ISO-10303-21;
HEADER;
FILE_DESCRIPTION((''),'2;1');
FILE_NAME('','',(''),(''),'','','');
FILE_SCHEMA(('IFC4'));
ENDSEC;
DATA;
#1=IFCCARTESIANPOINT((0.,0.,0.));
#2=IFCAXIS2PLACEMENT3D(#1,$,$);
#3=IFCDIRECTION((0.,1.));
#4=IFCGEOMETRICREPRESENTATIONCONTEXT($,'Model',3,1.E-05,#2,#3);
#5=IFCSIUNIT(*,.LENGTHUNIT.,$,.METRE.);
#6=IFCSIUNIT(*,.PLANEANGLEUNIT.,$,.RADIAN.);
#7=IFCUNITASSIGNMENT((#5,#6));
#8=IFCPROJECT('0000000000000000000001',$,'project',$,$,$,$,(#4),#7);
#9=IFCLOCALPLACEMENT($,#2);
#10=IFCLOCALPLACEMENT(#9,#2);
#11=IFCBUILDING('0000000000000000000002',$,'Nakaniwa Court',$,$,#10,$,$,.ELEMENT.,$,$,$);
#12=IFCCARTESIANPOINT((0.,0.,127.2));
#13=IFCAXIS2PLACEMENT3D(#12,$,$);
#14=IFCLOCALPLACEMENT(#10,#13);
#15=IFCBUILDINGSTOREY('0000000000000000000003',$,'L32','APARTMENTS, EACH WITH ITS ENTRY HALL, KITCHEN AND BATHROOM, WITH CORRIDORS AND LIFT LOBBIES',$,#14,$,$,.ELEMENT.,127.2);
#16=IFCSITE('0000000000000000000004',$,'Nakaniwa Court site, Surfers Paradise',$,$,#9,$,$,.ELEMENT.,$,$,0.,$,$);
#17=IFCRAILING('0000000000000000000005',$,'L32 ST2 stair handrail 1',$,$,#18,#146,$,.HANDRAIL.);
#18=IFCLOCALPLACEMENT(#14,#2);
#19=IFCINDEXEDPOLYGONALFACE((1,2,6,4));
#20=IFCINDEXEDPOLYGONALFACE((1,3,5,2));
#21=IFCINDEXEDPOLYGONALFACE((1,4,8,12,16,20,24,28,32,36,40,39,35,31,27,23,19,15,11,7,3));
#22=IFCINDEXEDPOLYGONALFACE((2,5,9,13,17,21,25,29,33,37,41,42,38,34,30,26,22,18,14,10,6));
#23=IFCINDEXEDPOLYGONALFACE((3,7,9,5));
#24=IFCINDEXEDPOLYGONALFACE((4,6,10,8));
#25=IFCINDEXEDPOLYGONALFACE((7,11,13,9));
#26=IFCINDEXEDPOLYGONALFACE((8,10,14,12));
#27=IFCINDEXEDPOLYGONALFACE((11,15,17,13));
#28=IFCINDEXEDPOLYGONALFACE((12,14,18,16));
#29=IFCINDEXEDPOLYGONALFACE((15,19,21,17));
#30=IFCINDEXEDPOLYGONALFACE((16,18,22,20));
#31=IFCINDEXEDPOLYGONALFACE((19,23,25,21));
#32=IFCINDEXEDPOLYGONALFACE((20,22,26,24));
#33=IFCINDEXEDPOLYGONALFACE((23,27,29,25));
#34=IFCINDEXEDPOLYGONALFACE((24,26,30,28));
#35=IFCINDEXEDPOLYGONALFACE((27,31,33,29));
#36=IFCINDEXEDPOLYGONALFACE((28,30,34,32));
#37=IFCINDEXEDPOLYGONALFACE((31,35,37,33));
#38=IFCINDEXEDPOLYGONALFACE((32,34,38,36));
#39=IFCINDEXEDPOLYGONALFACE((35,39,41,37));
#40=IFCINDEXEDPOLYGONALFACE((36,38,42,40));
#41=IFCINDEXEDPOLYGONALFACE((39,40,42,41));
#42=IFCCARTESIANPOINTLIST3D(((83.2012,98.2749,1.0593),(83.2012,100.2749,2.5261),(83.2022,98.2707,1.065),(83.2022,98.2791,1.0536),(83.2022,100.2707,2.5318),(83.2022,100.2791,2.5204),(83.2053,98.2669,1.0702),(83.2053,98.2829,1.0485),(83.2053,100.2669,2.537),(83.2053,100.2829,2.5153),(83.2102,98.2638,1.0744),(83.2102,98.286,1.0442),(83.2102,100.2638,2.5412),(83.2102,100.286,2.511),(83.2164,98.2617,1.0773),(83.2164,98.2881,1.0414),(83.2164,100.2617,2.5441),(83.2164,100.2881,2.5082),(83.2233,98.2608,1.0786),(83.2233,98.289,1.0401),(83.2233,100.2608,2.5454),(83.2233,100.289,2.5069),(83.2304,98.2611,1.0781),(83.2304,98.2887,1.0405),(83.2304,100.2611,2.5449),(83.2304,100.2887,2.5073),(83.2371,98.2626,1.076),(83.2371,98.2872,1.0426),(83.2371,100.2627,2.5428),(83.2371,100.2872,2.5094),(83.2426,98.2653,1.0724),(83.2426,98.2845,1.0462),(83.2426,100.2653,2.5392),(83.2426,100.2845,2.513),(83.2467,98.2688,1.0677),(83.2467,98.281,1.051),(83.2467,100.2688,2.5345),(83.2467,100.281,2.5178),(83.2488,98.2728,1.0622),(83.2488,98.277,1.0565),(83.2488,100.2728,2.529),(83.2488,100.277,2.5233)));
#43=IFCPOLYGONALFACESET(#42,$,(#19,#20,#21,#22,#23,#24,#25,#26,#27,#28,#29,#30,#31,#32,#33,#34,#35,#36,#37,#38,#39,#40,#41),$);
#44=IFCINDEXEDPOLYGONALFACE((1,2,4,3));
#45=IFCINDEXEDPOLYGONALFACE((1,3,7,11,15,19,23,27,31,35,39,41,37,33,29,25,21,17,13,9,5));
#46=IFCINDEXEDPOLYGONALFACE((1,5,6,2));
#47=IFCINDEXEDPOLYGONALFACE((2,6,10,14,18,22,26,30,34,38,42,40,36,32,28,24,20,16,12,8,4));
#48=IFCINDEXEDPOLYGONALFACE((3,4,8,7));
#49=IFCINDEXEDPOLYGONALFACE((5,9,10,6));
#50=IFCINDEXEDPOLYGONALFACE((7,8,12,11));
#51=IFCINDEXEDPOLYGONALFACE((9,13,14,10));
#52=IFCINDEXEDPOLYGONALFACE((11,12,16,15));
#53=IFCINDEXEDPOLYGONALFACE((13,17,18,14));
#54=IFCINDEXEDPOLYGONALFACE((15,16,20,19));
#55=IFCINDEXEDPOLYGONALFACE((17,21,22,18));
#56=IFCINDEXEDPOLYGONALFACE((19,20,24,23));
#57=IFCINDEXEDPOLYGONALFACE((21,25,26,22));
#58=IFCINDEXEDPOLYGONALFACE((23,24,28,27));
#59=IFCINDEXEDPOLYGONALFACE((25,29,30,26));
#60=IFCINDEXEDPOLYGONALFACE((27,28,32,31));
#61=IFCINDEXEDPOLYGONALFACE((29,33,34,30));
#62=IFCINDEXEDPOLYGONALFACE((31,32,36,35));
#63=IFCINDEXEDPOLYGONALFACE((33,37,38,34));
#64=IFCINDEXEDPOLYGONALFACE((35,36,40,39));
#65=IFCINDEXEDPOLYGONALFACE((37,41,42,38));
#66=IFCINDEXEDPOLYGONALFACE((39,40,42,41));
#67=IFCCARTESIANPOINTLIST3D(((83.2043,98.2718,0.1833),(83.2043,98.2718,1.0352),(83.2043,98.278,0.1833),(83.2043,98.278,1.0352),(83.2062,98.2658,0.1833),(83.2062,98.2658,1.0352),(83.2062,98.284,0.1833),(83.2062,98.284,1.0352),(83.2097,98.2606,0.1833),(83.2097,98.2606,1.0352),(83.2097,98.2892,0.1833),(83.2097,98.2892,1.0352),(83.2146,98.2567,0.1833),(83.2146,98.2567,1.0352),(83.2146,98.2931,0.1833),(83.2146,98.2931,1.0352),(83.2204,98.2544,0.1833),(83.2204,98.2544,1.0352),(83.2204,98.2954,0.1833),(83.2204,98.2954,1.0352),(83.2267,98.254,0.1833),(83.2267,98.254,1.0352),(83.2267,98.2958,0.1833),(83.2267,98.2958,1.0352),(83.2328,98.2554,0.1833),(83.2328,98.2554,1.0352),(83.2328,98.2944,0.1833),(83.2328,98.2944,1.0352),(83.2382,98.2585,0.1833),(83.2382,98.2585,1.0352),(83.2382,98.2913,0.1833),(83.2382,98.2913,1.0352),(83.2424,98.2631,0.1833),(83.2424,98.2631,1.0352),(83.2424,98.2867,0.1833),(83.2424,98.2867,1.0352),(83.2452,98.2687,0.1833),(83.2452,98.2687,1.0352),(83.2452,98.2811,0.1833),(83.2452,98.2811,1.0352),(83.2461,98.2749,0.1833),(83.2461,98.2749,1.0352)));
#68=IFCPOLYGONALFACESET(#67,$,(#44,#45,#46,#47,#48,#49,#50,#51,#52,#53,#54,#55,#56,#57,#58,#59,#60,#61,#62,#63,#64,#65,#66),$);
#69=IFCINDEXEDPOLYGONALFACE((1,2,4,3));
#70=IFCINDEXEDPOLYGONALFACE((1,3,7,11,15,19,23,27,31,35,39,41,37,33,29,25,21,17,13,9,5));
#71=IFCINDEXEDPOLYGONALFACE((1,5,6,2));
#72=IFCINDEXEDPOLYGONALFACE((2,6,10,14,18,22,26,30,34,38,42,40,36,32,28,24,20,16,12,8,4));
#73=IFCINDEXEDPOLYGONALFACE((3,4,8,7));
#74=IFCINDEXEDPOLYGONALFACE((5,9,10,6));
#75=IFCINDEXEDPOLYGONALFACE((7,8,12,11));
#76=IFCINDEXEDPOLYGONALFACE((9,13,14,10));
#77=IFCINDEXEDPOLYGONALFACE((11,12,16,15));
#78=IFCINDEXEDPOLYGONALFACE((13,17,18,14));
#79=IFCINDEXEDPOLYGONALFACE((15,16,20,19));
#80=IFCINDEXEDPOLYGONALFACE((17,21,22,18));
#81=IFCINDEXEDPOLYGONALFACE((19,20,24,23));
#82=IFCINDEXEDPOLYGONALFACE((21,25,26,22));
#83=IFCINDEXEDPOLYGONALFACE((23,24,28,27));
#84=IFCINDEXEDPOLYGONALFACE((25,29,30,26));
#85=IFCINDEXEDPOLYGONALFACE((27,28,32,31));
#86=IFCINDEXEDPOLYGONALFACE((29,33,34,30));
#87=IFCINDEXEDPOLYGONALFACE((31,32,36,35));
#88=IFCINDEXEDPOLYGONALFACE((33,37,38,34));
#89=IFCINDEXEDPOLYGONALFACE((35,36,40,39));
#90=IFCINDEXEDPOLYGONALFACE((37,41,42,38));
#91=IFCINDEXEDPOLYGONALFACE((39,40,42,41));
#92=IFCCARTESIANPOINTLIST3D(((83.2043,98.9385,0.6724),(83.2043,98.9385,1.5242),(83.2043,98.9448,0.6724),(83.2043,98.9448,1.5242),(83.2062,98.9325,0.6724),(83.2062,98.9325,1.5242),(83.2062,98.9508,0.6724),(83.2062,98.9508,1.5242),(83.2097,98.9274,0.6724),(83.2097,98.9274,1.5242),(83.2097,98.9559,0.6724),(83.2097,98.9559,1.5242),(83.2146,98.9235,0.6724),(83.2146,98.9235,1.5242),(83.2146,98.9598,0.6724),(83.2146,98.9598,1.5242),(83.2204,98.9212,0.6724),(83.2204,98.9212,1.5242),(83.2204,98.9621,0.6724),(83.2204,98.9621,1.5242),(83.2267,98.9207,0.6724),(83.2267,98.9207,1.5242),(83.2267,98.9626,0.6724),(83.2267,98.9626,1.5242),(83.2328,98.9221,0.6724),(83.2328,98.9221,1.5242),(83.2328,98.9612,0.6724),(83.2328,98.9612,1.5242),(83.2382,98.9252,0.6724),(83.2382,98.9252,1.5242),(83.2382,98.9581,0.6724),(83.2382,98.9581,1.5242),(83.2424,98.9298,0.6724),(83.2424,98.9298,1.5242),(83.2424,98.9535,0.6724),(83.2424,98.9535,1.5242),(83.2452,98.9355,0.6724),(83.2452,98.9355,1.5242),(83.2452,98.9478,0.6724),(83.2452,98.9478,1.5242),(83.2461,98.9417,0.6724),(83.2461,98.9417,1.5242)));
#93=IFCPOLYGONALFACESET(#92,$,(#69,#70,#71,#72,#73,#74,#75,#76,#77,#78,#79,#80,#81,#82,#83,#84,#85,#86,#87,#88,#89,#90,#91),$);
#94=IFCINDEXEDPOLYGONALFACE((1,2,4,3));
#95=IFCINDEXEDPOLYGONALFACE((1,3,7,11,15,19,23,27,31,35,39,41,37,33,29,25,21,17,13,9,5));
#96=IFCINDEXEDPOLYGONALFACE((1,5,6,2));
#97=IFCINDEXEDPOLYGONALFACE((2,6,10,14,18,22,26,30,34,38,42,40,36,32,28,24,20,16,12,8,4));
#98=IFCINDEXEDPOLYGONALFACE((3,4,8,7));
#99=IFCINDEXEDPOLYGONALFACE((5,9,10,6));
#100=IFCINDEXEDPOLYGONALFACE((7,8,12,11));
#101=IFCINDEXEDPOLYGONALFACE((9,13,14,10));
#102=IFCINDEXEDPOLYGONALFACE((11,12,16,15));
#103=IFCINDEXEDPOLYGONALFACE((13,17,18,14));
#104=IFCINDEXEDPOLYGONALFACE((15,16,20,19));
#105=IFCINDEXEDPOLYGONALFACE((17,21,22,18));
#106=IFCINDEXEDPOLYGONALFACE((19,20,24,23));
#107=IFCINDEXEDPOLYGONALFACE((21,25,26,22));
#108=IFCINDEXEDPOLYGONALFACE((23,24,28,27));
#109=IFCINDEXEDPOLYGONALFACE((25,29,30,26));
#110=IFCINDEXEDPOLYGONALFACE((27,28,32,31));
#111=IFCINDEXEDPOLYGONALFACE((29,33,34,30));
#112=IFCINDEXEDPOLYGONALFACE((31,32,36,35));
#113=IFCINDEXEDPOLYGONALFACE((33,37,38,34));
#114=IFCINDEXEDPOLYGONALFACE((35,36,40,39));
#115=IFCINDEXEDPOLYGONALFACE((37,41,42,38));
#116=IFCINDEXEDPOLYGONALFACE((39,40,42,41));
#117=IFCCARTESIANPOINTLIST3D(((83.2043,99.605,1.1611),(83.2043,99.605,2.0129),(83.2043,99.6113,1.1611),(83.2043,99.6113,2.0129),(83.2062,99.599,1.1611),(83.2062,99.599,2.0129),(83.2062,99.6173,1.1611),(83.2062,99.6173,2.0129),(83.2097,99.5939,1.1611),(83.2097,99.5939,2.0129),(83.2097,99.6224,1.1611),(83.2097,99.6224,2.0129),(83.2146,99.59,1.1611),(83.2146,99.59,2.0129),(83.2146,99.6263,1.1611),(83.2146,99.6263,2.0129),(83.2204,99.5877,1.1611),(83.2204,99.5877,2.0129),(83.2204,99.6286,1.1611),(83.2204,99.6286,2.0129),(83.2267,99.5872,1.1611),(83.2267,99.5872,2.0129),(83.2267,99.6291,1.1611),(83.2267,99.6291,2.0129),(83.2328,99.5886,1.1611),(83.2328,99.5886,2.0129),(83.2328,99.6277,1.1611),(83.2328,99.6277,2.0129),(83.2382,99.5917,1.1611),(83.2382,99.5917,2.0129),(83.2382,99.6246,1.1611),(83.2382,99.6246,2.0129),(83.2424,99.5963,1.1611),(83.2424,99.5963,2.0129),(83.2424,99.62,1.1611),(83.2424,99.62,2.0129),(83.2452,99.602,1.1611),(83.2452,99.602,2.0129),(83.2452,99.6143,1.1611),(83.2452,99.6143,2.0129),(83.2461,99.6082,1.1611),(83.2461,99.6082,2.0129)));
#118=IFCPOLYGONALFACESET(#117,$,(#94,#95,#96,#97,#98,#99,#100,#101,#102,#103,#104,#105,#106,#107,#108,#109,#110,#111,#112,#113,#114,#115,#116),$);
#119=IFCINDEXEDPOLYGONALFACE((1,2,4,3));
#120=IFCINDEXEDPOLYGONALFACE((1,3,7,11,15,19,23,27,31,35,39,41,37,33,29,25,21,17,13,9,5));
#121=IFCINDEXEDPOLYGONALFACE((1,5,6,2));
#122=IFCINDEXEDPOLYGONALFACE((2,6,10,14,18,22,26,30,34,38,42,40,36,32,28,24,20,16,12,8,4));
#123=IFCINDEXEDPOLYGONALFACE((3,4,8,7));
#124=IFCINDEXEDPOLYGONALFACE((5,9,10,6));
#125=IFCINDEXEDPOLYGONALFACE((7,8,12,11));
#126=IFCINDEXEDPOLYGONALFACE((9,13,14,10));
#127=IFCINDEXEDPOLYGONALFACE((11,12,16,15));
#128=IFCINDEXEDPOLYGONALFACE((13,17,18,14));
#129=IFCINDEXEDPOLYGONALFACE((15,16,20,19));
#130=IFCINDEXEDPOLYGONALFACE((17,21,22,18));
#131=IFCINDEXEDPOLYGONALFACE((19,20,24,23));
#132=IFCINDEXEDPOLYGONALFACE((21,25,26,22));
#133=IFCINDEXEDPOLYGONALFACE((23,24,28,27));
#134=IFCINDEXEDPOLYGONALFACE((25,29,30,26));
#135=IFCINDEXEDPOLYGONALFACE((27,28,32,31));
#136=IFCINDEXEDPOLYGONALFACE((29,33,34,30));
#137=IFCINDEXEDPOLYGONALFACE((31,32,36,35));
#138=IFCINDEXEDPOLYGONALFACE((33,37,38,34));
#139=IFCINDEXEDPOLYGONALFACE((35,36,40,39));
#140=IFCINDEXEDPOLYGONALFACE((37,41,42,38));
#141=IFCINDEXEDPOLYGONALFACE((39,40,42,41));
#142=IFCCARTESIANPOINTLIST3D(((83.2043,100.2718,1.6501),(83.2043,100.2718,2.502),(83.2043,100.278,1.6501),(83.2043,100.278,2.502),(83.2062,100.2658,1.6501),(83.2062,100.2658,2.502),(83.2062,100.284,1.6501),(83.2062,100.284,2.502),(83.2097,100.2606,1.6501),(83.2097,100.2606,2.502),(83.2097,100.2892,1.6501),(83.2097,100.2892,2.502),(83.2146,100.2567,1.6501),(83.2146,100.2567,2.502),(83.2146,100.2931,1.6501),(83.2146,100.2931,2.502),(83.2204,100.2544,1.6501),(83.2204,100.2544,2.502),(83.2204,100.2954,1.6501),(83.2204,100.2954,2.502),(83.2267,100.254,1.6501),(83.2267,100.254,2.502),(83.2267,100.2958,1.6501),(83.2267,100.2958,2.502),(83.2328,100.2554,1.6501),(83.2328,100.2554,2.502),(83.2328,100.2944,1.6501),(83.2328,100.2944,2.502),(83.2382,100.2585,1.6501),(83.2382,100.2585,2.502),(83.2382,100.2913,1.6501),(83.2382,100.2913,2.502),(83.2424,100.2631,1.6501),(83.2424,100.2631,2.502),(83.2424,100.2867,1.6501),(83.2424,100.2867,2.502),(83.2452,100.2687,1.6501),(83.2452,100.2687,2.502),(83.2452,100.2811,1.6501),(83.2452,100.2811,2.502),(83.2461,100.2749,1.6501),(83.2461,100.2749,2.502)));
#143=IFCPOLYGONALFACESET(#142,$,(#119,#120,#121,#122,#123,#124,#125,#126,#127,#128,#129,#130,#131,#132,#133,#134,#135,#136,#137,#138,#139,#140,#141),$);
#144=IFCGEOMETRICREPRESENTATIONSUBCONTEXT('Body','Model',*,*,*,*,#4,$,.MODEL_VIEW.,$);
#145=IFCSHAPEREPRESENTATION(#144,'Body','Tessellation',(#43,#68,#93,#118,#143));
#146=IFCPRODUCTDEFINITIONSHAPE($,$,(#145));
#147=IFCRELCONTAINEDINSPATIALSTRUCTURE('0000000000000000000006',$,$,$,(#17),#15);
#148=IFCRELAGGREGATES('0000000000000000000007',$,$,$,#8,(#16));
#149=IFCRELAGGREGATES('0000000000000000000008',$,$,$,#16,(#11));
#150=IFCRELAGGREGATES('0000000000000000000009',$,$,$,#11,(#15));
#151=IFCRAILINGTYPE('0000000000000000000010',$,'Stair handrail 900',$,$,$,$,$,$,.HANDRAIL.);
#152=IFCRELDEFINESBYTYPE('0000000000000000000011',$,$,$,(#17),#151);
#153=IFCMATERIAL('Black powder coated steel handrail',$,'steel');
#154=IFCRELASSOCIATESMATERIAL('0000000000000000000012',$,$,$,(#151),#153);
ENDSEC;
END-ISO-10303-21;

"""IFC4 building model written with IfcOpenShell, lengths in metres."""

from ifc_helpers import new_model, si_unit, direction, frame, origin, origin_2d, place, context, subcontext, project, spatial, circle, extrude, material, type_object, element, save


model = new_model("IFC4")

# Units and contexts
model_context = context("Model", 3, precision=1e-05, world=origin(), true_north=direction((0.0, 1.0)))
body_context = subcontext(model_context, "Body", "Model", "MODEL_VIEW")
ifc_project = project(units=[si_unit("LENGTHUNIT", "METRE"), si_unit("PLANEANGLEUNIT", "RADIAN")], contexts=[model_context])

# Site, building, storey
site_placement = place(None, origin())
site = spatial("IfcSite", under=ifc_project, at=site_placement, Name="Nakaniwa Court site, Surfers Paradise", CompositionType="ELEMENT", RefElevation=0.0)
building_placement = place(site_placement, origin())
building = spatial("IfcBuilding", under=site, at=building_placement, Name="Nakaniwa Court", CompositionType="ELEMENT")
storey_placement = place(building_placement, frame((0.0, 0.0, 127.2)))
storey = spatial("IfcBuildingStorey", under=building, at=storey_placement, Name="L32", Description="APARTMENTS, EACH WITH ITS ENTRY HALL, KITCHEN AND BATHROOM, WITH CORRIDORS AND LIFT LOBBIES", CompositionType="ELEMENT", Elevation=127.2)

# Railing
ifc_material_1 = material(Name="Black powder coated steel handrail", Category="steel")
railing_type_1 = type_object("IfcRailingType", Name="Stair handrail 900", PredefinedType="HANDRAIL", material=ifc_material_1)
railing_1_placement = place(storey_placement, frame((83.2251, 98.2749, 0.1833)))
element("IfcRailing", 1, at=railing_1_placement, inside=storey, type_object=railing_type_1, Name="L32 ST2 stair handrail 1", PredefinedType="HANDRAIL", context=body_context, shape_type="SweptSolid", body=[
    extrude(circle(Radius=0.0239, at=origin_2d()), frame((0.0, 0.0, 0.876), z_axis=(0.0, 0.80638, 0.591398), x_axis=(-1.0, 0.0, 0.0)), (0.0, 0.0, 1.0), 2.4802),
    extrude(circle(Radius=0.021, at=origin_2d()), origin(), (0.0, 0.0, 1.0), 0.8518),
    extrude(circle(Radius=0.021, at=origin_2d()), frame((0.0, 0.6667, 0.489)), (0.0, 0.0, 1.0), 0.8518),
    extrude(circle(Radius=0.021, at=origin_2d()), frame((0.0, 1.3333, 0.9778)), (0.0, 0.0, 1.0), 0.8518),
    extrude(circle(Radius=0.021, at=origin_2d()), frame((0.0, 2.0, 1.4668)), (0.0, 0.0, 1.0), 0.8518),
])

save(model, "model.ifc")
